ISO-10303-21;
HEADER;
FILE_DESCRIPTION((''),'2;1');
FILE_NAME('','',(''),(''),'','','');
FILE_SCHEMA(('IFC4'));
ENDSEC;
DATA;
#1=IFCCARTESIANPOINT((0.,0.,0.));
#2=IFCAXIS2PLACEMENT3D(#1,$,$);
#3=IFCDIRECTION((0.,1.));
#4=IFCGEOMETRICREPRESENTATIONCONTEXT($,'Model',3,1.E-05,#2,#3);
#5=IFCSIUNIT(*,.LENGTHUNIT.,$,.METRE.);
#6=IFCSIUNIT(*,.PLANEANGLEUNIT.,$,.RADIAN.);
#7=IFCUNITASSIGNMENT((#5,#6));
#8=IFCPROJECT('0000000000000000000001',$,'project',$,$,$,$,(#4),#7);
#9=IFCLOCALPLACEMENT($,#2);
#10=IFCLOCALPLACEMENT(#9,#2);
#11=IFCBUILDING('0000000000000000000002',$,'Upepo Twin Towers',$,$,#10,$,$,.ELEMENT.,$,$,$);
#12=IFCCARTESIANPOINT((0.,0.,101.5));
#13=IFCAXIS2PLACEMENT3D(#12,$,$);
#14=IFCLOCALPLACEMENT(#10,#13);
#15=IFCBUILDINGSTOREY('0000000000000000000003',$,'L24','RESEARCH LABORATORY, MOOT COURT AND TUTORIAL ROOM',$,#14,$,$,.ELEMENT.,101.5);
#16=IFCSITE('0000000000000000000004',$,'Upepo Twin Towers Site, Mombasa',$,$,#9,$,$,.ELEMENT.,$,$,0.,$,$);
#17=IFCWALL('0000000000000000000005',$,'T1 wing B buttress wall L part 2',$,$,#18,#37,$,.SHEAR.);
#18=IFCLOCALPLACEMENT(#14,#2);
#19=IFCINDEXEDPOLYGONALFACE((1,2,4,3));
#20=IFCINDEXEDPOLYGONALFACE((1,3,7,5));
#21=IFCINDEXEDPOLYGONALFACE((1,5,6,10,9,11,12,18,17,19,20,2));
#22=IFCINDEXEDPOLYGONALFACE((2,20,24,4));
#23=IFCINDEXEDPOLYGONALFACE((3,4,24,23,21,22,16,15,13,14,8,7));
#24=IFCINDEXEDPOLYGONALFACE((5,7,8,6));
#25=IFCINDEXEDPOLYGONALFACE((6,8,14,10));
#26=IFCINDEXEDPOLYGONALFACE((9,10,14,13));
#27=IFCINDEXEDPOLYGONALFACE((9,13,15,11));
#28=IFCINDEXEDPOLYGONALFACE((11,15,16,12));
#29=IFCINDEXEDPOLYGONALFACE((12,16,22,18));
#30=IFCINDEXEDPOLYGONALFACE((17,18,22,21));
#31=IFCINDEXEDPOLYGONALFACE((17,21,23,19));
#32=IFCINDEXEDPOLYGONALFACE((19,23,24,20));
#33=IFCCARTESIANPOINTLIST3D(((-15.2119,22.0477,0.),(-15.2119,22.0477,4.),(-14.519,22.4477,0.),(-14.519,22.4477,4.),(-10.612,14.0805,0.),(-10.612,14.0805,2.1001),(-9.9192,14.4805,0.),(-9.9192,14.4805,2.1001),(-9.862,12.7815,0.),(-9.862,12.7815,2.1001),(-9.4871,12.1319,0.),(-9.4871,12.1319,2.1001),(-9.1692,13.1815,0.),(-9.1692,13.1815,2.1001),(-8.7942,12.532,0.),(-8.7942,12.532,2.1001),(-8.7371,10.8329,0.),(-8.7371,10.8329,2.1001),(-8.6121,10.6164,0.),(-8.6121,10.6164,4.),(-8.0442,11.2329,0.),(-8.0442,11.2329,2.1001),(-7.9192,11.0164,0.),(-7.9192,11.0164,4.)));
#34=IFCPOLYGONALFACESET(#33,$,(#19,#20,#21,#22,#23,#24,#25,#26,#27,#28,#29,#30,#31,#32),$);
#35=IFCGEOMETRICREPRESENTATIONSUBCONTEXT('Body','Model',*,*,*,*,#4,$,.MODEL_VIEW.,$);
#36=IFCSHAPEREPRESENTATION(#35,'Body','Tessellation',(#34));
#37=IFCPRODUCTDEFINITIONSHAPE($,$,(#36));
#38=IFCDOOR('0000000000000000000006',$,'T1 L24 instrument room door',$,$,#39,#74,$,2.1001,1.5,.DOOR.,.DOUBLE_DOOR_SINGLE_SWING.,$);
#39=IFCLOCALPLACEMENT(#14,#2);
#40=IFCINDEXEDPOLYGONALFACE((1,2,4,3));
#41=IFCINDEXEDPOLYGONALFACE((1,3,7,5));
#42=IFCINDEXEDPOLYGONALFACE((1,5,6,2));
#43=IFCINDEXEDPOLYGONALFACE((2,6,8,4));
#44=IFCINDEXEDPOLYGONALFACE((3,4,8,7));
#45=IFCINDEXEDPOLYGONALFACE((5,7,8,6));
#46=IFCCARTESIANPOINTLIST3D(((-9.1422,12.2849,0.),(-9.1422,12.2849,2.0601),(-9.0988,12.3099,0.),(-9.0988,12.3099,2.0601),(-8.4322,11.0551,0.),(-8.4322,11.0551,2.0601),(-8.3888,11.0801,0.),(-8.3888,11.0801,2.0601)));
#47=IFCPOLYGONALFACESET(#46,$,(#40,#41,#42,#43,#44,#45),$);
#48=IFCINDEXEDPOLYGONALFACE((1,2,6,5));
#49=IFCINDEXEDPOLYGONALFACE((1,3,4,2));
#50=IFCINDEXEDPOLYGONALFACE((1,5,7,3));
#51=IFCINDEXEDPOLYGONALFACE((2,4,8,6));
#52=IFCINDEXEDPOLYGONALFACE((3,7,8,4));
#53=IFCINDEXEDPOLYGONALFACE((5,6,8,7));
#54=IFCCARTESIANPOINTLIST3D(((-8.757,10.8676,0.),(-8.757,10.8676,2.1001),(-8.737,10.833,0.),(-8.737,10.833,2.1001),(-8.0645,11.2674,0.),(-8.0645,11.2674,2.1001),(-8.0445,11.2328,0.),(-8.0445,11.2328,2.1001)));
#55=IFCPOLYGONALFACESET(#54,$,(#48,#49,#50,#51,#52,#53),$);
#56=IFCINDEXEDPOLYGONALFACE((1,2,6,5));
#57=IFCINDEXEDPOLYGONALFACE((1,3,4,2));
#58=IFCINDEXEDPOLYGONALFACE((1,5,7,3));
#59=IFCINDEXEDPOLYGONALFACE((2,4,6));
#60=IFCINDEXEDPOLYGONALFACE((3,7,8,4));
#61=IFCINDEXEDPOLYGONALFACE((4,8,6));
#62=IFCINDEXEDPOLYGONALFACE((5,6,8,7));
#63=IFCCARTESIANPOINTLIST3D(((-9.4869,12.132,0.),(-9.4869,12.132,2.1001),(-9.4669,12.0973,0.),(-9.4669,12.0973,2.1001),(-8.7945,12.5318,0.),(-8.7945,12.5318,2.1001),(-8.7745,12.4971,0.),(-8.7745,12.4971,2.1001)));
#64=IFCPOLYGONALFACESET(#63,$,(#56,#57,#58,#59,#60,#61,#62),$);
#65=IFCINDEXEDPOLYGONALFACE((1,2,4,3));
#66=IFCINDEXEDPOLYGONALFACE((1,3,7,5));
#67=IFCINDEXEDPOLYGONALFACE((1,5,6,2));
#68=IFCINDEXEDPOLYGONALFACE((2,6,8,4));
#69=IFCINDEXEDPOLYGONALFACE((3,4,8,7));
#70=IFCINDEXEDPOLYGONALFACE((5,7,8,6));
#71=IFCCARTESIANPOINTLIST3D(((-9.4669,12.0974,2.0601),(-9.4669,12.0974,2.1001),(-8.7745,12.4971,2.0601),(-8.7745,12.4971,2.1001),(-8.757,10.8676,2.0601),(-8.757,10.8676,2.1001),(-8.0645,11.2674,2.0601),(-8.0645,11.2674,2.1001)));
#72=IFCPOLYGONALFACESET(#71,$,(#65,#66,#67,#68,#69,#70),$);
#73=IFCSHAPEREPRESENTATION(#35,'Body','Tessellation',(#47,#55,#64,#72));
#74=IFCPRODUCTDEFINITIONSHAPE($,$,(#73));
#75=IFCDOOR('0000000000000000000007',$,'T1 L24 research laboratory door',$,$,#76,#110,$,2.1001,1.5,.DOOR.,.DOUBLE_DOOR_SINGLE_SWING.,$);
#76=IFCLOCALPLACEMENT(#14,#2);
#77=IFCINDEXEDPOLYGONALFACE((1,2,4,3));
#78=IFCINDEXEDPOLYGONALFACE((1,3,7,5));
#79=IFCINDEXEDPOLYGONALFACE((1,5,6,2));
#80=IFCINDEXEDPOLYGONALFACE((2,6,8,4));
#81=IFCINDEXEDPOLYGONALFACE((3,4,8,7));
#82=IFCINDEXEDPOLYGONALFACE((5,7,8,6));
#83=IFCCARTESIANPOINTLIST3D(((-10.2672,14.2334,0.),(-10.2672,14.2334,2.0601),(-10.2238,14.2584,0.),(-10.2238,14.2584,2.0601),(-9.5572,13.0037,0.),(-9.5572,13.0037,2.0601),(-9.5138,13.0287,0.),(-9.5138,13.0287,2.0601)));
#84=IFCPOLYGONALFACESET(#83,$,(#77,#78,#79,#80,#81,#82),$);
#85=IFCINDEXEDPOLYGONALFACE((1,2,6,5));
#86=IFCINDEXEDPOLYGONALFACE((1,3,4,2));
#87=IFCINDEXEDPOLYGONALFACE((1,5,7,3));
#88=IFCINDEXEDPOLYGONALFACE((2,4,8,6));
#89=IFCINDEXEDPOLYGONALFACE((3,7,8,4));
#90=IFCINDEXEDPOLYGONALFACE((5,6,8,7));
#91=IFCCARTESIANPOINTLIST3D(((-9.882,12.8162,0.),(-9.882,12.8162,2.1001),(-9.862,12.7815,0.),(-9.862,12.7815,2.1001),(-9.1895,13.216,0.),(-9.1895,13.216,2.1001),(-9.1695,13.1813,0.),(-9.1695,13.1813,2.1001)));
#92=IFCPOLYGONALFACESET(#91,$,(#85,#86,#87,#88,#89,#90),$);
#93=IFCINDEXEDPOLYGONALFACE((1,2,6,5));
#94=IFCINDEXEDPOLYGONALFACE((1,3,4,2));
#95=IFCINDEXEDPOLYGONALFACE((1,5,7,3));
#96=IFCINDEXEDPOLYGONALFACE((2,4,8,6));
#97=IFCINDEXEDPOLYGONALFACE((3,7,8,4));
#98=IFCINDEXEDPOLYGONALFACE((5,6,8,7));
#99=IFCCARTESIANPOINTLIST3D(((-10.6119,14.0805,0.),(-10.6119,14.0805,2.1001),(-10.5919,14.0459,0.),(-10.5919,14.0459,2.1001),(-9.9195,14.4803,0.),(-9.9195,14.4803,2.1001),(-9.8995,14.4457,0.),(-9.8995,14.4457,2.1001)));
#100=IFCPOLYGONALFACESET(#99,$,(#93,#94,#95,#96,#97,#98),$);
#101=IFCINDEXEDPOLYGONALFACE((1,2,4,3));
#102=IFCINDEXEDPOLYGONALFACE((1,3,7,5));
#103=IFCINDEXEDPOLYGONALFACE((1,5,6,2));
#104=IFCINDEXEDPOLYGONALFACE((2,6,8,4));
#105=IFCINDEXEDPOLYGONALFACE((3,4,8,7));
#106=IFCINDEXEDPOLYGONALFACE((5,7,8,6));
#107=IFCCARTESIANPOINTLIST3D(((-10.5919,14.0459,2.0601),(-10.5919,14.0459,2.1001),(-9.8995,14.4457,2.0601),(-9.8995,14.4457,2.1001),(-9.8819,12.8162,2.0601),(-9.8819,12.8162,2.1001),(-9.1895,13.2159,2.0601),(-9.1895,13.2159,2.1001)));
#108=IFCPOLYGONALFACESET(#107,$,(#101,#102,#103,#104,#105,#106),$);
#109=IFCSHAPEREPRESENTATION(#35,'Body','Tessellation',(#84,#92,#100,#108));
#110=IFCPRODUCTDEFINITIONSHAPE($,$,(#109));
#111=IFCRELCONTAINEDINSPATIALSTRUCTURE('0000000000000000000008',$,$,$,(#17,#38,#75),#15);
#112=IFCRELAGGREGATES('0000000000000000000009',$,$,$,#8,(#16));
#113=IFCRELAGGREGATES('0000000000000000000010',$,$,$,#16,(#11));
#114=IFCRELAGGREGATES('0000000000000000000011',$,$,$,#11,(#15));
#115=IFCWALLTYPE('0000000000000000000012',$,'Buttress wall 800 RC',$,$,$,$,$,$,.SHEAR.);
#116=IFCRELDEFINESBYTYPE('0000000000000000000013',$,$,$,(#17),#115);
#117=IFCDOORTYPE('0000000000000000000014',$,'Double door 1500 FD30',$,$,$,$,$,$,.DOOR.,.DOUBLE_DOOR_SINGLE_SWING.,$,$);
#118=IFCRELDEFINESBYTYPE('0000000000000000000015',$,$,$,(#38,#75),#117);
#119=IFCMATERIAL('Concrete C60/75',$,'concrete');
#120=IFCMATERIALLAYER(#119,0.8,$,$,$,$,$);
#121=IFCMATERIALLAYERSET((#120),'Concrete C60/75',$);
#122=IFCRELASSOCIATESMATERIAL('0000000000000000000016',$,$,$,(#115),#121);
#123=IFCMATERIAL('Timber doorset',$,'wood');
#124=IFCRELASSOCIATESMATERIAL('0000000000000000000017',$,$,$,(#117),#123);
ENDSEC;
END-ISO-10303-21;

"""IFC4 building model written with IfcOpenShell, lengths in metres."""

from ifc_helpers import new_model, si_unit, direction, frame, frame_2d, origin, place, context, subcontext, project, spatial, rectangle, extrude, material, layer, layer_set, type_object, element, fill, save


model = new_model("IFC4")

# Units and contexts
model_context = context("Model", 3, precision=1e-05, world=origin(), true_north=direction((0.0, 1.0)))
body_context = subcontext(model_context, "Body", "Model", "MODEL_VIEW")
ifc_project = project(units=[si_unit("LENGTHUNIT", "METRE"), si_unit("PLANEANGLEUNIT", "RADIAN")], contexts=[model_context])

# Site, building, storey
site_placement = place(None, origin())
site = spatial("IfcSite", under=ifc_project, at=site_placement, Name="Upepo Twin Towers Site, Mombasa", CompositionType="ELEMENT", RefElevation=0.0)
building_placement = place(site_placement, origin())
building = spatial("IfcBuilding", under=site, at=building_placement, Name="Upepo Twin Towers", CompositionType="ELEMENT")
storey_placement = place(building_placement, frame((0.0, 0.0, 101.5)))
storey = spatial("IfcBuildingStorey", under=building, at=storey_placement, Name="L24", Description="RESEARCH LABORATORY, MOOT COURT AND TUTORIAL ROOM", CompositionType="ELEMENT", Elevation=101.5)

# Wall, openings, doors
ifc_material_1 = material(Name="Concrete C60/75", Category="concrete")
ifc_layer_1 = layer(ifc_material_1, 0.8)
ifc_layer_set_1 = layer_set([ifc_layer_1], Name="Concrete C60/75")
wall_type_1 = type_object("IfcWallType", Name="Buttress wall 800 RC", PredefinedType="SHEAR", material=ifc_layer_set_1)
wall_1_placement = place(storey_placement, frame((-8.2656, 10.8164, 0.0), z_axis=(0.0, 0.0, 1.0), x_axis=(-0.499996, 0.866028, 0.0)))
wall_1 = element("IfcWall", 1, at=wall_1_placement, inside=storey, type_object=wall_type_1, Name="T1 wing B buttress wall L part 2", PredefinedType="SHEAR", context=body_context, shape_type="SweptSolid", body=[
    extrude(rectangle(XDim=13.1997, YDim=0.8, at=frame_2d((6.5999, 0.0))), origin(), (0.0, 0.0, 1.0), 4.0),
])
opening_1_placement = place(wall_1_placement, frame((0.25, 0.0, 0.0)))
opening_1 = element("IfcOpeningElement", 2, at=opening_1_placement, cuts=wall_1, PredefinedType="OPENING", context=body_context, shape_type="SweptSolid", body=[
    extrude(rectangle(XDim=1.5, YDim=2.1001, at=frame_2d((0.75, 1.05))), frame((0.0, 0.4099, 0.0), z_axis=(0.0, -1.0, 0.0), x_axis=(1.0, 0.0, 0.0)), (0.0, 0.0, 1.0), 0.8201),
])
opening_2_placement = place(wall_1_placement, frame((2.5, 0.0, 0.0)))
opening_2 = element("IfcOpeningElement", 3, at=opening_2_placement, cuts=wall_1, PredefinedType="OPENING", context=body_context, shape_type="SweptSolid", body=[
    extrude(rectangle(XDim=1.5, YDim=2.1001, at=frame_2d((0.75, 1.05))), frame((0.0, 0.4099, 0.0), z_axis=(0.0, -1.0, 0.0), x_axis=(1.0, 0.0, 0.0)), (0.0, 0.0, 1.0), 0.8201),
])
ifc_material_2 = material(Name="Timber doorset", Category="wood")
door_type_1 = type_object("IfcDoorType", Name="Double door 1500 FD30", OperationType="DOUBLE_DOOR_SINGLE_SWING", PredefinedType="DOOR", material=ifc_material_2)
door_1_placement = place(opening_1_placement, origin())
door_1 = element("IfcDoor", 4, at=door_1_placement, inside=storey, type_object=door_type_1, Name="T1 L24 instrument room door", OperationType="DOUBLE_DOOR_SINGLE_SWING", OverallHeight=2.1001, OverallWidth=1.5, PredefinedType="DOOR", context=body_context, shape_type="SweptSolid", body=[
    extrude(rectangle(XDim=1.42, YDim=2.0601, at=frame_2d((0.75, 1.03))), frame((0.0, 0.0249, 0.0), z_axis=(0.0, -1.0, 0.0), x_axis=(1.0, 0.0, 0.0)), (0.0, 0.0, 1.0), 0.05),
    extrude(rectangle(XDim=0.04, YDim=2.1001, at=frame_2d((0.02, 1.05))), frame((0.0, 0.3999, 0.0), z_axis=(0.0, -1.0, 0.0), x_axis=(1.0, 0.0, 0.0)), (0.0, 0.0, 1.0), 0.7996),
    extrude(rectangle(XDim=0.04, YDim=2.1001, at=frame_2d((1.48, 1.05))), frame((0.0, 0.3999, 0.0), z_axis=(0.0, -1.0, 0.0), x_axis=(1.0, 0.0, 0.0)), (0.0, 0.0, 1.0), 0.7996),
    extrude(rectangle(XDim=1.42, YDim=0.04, at=frame_2d((0.75, 2.0801))), frame((0.0, 0.3999, 0.0), z_axis=(0.0, -1.0, 0.0), x_axis=(1.0, 0.0, 0.0)), (0.0, 0.0, 1.0), 0.7996),
])
fill(opening_1, door_1)
door_2_placement = place(opening_2_placement, origin())
door_2 = element("IfcDoor", 5, at=door_2_placement, inside=storey, type_object=door_type_1, Name="T1 L24 research laboratory door", OperationType="DOUBLE_DOOR_SINGLE_SWING", OverallHeight=2.1001, OverallWidth=1.5, PredefinedType="DOOR", context=body_context, shape_type="SweptSolid", body=[
    extrude(rectangle(XDim=1.42, YDim=2.0601, at=frame_2d((0.75, 1.03))), frame((0.0, 0.0249, 0.0), z_axis=(0.0, -1.0, 0.0), x_axis=(1.0, 0.0, 0.0)), (0.0, 0.0, 1.0), 0.05),
    extrude(rectangle(XDim=0.04, YDim=2.1001, at=frame_2d((0.02, 1.05))), frame((0.0, 0.3999, 0.0), z_axis=(0.0, -1.0, 0.0), x_axis=(1.0, 0.0, 0.0)), (0.0, 0.0, 1.0), 0.7996),
    extrude(rectangle(XDim=0.04, YDim=2.1001, at=frame_2d((1.48, 1.05))), frame((0.0, 0.3999, 0.0), z_axis=(0.0, -1.0, 0.0), x_axis=(1.0, 0.0, 0.0)), (0.0, 0.0, 1.0), 0.7996),
    extrude(rectangle(XDim=1.42, YDim=0.04, at=frame_2d((0.75, 2.0801))), frame((0.0, 0.3999, 0.0), z_axis=(0.0, -1.0, 0.0), x_axis=(1.0, 0.0, 0.0)), (0.0, 0.0, 1.0), 0.7996),
])
fill(opening_2, door_2)

save(model, "model.ifc")
